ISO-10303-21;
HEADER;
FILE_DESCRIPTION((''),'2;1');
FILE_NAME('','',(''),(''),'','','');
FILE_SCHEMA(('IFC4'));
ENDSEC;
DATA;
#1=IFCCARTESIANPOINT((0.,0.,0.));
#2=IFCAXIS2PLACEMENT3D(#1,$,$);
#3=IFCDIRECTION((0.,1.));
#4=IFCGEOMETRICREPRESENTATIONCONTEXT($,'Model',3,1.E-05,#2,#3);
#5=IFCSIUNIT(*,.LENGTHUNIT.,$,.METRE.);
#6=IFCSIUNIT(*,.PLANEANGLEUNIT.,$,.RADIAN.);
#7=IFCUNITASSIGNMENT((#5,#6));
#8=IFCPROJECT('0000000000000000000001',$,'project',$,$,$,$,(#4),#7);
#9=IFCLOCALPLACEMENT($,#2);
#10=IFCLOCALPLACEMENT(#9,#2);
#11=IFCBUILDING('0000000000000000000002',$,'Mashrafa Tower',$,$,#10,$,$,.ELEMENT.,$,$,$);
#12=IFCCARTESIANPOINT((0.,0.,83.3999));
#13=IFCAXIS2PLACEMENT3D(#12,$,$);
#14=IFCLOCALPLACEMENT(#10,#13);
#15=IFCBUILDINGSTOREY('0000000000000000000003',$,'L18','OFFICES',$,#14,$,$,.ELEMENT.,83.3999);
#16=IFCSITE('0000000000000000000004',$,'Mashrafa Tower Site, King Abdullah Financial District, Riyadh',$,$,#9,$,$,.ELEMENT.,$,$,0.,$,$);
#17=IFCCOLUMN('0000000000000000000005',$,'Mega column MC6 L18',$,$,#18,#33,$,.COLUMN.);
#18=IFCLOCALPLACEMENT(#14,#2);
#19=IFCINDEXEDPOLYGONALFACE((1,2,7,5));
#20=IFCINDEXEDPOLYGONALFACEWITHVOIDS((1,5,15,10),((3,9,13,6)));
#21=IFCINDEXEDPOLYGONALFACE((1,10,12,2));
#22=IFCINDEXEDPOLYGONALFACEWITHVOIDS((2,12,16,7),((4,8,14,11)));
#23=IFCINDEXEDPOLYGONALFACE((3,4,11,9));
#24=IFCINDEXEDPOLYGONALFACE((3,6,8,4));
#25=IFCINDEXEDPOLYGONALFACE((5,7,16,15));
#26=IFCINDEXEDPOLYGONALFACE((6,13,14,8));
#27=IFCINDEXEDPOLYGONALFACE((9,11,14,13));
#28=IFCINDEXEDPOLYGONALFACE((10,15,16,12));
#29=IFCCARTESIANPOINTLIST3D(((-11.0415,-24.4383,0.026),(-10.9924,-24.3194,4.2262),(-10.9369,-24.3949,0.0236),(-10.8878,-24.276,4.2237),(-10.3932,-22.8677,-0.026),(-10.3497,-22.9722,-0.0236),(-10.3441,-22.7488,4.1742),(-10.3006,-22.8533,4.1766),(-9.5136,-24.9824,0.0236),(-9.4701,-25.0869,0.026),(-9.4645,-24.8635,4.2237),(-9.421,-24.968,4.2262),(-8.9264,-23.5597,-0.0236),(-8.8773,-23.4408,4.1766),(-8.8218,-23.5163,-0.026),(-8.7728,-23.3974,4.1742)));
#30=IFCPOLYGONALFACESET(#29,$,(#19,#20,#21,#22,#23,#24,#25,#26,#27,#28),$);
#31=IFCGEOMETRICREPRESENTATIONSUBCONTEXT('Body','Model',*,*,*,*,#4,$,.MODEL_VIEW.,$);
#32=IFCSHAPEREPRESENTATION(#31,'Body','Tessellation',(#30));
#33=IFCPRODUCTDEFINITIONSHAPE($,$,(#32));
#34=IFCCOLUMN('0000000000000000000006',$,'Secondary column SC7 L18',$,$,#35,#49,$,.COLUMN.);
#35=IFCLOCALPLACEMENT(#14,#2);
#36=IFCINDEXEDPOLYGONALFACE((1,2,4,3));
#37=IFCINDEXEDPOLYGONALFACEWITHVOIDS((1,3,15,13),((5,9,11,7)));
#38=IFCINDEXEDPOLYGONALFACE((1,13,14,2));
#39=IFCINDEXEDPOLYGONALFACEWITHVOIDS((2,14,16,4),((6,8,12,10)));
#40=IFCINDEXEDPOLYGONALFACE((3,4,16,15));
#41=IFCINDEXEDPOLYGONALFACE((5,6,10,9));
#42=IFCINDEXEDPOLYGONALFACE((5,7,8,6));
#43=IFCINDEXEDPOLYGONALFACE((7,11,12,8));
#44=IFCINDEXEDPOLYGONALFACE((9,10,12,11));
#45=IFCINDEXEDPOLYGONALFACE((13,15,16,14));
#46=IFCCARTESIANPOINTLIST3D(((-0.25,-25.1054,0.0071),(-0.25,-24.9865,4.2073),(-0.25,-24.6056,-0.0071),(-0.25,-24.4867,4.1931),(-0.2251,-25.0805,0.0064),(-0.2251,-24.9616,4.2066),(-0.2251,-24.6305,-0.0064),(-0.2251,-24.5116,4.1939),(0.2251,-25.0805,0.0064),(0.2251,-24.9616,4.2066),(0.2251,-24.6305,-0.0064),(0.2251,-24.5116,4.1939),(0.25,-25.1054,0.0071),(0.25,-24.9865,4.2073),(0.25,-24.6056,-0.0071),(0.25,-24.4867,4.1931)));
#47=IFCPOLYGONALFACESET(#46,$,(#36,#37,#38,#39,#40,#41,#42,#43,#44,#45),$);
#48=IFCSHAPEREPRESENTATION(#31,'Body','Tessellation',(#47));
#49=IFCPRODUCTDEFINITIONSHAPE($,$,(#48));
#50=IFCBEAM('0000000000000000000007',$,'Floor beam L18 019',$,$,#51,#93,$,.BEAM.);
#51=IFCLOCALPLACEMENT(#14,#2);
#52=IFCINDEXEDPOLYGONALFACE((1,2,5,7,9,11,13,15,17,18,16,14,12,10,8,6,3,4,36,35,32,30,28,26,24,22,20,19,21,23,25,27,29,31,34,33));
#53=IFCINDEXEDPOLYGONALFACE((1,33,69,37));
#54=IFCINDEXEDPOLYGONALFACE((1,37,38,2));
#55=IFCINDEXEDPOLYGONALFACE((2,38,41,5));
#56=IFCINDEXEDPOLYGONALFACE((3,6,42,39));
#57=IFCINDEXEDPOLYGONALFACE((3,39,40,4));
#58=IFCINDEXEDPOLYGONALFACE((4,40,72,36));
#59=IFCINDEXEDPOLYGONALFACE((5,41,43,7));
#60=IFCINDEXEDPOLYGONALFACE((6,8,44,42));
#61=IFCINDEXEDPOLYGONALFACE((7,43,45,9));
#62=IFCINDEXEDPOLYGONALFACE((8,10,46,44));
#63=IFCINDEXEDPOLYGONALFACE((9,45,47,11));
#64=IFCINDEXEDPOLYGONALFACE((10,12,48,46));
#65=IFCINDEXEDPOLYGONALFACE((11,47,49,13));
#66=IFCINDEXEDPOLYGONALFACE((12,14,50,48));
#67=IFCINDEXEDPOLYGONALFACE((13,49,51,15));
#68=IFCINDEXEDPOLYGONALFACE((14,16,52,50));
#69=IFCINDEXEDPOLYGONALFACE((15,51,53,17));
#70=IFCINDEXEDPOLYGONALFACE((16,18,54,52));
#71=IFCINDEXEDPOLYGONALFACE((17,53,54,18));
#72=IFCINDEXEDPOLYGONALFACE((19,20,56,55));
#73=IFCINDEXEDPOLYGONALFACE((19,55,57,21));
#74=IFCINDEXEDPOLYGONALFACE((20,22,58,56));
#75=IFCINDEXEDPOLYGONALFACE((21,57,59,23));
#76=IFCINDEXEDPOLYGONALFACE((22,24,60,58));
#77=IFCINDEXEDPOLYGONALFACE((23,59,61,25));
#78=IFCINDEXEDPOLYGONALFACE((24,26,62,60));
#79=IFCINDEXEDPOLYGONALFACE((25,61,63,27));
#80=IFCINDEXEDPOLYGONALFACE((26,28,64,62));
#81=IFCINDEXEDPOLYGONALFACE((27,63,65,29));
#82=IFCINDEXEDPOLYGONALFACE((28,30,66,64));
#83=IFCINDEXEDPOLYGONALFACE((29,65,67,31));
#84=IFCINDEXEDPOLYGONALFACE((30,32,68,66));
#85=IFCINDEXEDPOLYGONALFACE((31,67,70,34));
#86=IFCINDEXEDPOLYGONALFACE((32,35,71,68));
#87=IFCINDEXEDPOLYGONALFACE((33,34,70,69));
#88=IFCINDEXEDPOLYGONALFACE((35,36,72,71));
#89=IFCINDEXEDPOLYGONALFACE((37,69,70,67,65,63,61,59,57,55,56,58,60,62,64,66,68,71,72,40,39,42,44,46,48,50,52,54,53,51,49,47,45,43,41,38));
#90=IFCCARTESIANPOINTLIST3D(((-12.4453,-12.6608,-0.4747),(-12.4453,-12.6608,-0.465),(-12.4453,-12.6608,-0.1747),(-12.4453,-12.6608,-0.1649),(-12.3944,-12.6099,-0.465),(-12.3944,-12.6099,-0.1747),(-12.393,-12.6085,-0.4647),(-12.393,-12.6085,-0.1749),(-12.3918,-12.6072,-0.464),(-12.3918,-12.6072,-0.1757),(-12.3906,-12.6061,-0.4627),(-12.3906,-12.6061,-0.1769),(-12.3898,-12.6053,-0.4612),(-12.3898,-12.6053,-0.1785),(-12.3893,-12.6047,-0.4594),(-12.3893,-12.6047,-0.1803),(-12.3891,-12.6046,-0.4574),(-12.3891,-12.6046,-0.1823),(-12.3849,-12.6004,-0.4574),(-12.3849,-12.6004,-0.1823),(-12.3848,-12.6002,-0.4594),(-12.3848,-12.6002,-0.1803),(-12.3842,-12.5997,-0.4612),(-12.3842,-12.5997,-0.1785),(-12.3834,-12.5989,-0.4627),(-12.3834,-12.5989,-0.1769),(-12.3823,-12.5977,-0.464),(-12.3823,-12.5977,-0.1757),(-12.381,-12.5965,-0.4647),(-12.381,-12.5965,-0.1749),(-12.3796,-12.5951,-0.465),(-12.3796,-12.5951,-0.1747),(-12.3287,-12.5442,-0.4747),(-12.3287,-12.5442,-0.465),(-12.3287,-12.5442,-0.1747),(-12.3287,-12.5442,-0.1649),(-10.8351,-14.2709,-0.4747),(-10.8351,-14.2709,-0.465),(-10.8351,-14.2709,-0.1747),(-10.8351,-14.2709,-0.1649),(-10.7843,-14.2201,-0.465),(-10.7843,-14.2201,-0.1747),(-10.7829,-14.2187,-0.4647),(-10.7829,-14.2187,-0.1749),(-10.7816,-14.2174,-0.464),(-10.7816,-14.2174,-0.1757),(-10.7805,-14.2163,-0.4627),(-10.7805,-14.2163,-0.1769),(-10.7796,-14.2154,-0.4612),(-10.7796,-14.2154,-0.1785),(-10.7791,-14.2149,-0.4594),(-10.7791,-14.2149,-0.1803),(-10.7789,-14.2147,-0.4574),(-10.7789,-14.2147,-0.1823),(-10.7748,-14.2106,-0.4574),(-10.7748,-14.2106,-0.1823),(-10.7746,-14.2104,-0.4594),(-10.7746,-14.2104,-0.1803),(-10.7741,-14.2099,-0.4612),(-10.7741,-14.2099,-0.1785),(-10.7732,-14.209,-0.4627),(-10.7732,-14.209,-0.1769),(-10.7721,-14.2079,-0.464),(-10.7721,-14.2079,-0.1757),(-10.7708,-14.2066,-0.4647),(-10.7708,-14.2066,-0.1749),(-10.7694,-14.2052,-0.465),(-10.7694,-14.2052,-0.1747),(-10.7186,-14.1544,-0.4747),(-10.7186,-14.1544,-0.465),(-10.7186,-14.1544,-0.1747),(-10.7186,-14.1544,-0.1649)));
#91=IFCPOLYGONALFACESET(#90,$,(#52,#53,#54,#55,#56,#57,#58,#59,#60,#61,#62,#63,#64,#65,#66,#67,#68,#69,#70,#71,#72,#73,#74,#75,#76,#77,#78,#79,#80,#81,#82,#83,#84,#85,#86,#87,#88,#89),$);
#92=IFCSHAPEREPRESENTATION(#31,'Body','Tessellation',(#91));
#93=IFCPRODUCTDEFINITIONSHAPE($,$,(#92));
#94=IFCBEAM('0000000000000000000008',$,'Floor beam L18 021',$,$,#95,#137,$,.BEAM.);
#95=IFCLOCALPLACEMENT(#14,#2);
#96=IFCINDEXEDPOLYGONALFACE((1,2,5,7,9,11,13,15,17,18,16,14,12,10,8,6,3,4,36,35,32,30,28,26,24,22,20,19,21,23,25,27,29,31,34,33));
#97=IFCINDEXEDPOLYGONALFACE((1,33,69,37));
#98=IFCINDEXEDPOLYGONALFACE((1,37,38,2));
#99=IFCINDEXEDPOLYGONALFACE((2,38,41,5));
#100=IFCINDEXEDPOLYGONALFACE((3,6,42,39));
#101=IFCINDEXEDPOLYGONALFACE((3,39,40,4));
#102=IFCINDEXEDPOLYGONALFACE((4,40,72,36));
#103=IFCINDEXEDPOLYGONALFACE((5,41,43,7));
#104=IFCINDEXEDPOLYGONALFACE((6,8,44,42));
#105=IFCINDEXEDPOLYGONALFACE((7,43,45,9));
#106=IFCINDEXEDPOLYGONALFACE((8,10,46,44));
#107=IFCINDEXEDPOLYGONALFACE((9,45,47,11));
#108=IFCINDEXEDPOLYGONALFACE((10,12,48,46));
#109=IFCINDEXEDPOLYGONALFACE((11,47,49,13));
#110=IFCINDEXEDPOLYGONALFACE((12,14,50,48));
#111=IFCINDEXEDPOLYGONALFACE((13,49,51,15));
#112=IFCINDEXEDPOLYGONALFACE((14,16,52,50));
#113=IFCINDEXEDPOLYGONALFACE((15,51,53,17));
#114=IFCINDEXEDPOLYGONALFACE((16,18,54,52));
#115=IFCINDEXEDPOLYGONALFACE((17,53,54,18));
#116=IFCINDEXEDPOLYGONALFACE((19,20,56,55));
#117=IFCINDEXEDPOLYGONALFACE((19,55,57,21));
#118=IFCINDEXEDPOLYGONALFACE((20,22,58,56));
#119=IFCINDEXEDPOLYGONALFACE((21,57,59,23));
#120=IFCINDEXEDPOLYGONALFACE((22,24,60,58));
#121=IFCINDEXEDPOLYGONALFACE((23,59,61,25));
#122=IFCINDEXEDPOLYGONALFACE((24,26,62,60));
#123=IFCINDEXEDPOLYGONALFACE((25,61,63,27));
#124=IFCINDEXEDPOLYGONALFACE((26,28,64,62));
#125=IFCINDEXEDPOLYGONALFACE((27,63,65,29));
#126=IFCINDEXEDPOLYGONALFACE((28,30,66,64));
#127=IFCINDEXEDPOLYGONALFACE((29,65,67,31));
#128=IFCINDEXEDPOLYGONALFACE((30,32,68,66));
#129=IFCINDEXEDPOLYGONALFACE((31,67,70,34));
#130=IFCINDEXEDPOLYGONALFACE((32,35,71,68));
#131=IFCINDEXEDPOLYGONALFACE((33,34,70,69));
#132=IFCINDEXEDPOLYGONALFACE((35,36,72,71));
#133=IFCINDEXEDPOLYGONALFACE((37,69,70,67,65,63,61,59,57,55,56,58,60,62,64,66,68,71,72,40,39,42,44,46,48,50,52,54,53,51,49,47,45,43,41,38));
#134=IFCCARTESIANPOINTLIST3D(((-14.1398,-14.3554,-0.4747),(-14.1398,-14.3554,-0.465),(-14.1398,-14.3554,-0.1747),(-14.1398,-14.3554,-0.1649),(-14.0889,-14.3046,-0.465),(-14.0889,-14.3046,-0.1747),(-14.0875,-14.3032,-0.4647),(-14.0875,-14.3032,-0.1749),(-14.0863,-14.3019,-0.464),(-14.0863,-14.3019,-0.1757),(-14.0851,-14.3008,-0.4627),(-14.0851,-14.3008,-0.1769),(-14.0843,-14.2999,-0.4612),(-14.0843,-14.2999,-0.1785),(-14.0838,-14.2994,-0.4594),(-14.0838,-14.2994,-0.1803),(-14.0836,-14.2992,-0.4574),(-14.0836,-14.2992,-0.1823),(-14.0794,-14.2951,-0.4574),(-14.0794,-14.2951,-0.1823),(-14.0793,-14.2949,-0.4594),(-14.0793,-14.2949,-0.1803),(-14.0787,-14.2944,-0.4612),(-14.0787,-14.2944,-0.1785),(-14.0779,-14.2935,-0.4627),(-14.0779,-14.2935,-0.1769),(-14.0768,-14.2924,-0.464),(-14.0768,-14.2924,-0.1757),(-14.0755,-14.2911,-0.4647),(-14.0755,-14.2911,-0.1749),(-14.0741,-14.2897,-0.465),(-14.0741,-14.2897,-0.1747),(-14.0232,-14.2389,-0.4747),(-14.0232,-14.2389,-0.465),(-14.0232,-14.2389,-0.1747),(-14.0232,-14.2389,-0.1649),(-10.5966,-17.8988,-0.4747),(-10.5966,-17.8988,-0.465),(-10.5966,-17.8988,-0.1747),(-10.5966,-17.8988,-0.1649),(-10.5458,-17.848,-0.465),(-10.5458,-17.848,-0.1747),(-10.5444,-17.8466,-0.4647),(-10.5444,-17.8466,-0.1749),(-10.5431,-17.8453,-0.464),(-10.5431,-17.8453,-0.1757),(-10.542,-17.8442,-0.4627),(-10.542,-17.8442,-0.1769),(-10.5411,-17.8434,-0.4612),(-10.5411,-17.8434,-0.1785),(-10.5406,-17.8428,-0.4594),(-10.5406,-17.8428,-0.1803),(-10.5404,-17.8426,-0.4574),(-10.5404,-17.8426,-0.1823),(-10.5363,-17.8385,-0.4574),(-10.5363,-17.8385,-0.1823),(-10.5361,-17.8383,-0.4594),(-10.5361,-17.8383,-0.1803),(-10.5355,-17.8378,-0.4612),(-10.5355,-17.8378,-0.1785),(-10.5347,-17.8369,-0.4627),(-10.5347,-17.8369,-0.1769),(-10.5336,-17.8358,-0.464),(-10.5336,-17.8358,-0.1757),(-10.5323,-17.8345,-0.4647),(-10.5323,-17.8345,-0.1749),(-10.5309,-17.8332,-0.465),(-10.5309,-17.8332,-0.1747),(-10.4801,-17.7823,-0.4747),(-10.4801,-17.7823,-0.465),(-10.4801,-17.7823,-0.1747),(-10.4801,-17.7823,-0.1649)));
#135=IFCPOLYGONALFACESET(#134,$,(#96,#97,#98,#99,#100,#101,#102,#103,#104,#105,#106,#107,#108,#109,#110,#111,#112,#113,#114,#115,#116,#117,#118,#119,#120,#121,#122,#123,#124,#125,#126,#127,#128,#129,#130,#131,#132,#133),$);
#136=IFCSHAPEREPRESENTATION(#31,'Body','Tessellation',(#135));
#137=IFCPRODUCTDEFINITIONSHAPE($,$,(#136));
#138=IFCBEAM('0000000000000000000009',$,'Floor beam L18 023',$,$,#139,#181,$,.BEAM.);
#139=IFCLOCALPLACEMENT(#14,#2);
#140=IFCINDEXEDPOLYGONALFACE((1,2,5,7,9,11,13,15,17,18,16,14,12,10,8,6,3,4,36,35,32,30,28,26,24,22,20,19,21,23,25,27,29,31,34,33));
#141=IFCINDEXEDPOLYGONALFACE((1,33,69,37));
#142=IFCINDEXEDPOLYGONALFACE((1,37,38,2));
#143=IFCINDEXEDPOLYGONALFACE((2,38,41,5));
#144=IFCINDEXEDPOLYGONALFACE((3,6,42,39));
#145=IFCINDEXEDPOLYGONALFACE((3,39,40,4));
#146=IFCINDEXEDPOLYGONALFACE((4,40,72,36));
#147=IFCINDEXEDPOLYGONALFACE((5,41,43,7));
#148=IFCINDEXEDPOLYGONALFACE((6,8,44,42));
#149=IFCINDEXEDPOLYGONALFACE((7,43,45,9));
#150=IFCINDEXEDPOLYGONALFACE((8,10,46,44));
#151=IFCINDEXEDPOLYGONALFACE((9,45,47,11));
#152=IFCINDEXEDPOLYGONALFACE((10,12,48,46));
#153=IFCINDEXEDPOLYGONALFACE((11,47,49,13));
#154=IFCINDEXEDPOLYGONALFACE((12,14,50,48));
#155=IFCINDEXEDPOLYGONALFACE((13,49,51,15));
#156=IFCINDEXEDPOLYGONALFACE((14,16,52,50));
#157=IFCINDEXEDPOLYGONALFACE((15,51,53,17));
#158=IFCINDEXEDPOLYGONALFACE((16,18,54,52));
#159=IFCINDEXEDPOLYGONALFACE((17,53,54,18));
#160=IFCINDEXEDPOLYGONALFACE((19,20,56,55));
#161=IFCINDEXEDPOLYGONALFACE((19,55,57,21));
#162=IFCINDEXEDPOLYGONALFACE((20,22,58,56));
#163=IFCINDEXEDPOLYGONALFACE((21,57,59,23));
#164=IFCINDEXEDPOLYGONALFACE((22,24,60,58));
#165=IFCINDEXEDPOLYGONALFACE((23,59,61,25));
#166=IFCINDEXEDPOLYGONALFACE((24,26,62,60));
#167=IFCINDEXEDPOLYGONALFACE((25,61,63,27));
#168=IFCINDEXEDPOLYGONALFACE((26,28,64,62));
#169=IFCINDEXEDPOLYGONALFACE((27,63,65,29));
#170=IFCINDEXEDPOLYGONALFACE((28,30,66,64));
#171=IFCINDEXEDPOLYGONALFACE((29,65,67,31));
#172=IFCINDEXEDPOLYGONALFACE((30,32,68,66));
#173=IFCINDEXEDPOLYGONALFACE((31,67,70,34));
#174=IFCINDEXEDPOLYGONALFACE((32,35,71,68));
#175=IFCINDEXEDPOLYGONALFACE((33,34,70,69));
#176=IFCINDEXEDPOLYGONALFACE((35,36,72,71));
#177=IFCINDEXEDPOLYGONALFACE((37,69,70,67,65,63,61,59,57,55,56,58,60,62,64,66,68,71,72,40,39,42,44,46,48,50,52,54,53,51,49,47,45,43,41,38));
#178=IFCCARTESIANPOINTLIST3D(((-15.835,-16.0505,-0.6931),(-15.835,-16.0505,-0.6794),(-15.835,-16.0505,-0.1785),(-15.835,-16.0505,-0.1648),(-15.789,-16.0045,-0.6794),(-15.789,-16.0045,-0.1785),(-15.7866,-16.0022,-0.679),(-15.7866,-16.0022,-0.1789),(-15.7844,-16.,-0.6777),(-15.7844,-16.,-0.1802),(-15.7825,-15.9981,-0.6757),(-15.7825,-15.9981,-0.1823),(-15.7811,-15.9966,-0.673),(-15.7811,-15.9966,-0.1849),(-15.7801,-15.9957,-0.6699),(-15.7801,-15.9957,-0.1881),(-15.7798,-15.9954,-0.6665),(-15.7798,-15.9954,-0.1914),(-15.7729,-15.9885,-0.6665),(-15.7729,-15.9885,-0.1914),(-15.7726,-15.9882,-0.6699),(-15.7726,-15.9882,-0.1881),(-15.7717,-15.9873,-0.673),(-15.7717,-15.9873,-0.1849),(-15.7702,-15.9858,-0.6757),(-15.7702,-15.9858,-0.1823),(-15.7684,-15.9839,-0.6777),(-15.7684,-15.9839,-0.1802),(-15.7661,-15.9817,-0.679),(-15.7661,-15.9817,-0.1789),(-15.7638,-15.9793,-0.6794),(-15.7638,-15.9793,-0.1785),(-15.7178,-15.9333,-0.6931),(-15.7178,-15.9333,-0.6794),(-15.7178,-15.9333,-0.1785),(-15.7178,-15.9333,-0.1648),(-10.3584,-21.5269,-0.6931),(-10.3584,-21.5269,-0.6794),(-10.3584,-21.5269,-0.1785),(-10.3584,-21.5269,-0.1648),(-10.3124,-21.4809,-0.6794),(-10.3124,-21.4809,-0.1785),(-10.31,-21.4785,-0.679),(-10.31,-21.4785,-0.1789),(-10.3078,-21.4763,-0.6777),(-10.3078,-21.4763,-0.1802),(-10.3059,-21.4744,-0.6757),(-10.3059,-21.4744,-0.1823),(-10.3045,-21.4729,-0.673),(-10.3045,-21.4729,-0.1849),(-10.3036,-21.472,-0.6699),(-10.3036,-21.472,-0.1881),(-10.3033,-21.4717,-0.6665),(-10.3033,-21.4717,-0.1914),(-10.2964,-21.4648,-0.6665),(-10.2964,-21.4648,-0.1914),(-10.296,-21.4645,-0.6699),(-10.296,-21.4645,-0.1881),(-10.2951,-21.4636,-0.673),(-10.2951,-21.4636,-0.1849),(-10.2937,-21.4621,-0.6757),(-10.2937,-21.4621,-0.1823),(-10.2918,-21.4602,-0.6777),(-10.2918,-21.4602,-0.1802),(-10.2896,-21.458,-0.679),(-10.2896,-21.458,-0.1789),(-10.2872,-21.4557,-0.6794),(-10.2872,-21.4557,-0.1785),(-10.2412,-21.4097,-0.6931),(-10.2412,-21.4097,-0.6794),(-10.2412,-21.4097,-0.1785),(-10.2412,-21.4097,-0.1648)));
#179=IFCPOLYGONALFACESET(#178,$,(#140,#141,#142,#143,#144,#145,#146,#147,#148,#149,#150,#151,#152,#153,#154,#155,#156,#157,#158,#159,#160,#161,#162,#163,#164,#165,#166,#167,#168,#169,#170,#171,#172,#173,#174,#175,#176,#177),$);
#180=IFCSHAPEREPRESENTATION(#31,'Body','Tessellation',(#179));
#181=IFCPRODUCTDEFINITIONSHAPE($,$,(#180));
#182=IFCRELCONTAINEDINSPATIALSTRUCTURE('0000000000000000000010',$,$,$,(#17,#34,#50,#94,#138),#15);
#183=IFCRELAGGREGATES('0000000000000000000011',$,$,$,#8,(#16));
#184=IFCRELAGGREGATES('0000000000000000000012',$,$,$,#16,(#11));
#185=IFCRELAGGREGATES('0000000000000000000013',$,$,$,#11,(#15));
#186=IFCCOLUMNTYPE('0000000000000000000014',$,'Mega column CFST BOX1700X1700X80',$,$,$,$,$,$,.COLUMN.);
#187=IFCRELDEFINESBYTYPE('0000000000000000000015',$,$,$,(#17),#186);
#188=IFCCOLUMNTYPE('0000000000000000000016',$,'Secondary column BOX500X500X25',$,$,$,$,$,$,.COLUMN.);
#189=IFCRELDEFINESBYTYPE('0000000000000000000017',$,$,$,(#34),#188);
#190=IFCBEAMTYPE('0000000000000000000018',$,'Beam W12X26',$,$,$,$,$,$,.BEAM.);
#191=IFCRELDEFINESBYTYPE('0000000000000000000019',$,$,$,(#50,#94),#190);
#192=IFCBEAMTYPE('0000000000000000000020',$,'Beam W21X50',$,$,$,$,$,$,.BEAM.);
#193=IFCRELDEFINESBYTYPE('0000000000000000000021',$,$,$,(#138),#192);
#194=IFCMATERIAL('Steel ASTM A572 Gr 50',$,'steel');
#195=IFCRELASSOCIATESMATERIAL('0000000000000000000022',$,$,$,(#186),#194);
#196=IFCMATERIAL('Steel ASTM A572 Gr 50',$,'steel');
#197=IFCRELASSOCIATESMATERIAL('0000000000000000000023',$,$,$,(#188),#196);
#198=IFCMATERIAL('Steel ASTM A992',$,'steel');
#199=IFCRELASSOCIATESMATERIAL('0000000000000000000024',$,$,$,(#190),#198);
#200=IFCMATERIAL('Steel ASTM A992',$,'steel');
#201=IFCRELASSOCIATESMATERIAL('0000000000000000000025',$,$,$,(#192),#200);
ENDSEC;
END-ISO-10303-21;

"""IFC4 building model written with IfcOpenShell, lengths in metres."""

from ifc_helpers import new_model, si_unit, direction, frame, origin, origin_2d, place, context, subcontext, project, spatial, hollow_rectangle, i_section, extrude, material, material_profile, profile_set, type_object, element, save


model = new_model("IFC4")

# Units and contexts
model_context = context("Model", 3, precision=1e-05, world=origin(), true_north=direction((0.0, 1.0)))
body_context = subcontext(model_context, "Body", "Model", "MODEL_VIEW")
ifc_project = project(units=[si_unit("LENGTHUNIT", "METRE"), si_unit("PLANEANGLEUNIT", "RADIAN")], contexts=[model_context])

# Site, building, storey
site_placement = place(None, origin())
site = spatial("IfcSite", under=ifc_project, at=site_placement, Name="Mashrafa Tower Site, King Abdullah Financial District, Riyadh", CompositionType="ELEMENT", RefElevation=0.0)
building_placement = place(site_placement, origin())
building = spatial("IfcBuilding", under=site, at=building_placement, Name="Mashrafa Tower", CompositionType="ELEMENT")
storey_placement = place(building_placement, frame((0.0, 0.0, 83.3999)))
storey = spatial("IfcBuildingStorey", under=building, at=storey_placement, Name="L18", Description="OFFICES", CompositionType="ELEMENT", Elevation=83.3999)

# Columns
ifc_material_1 = material(Name="Steel ASTM A572 Gr 50", Category="steel")
ifc_material_profile_1 = material_profile(ifc_material_1, hollow_rectangle(XDim=1.7, YDim=1.7, WallThickness=0.0801, at=origin_2d()), Name="BOX1700X1700X80")
ifc_profile_set_1 = profile_set([ifc_material_profile_1], Name="Steel ASTM A572 Gr 50")
column_type_1 = type_object("IfcColumnType", Name="Mega column CFST BOX1700X1700X80", PredefinedType="COLUMN", material=ifc_profile_set_1)
column_1_placement = place(storey_placement, frame((-9.9316, -23.9773, 0.0), z_axis=(0.011678, 0.028294, 0.999531), x_axis=(-0.924363, 0.381513, 0.0)))
element("IfcColumn", 1, at=column_1_placement, inside=storey, type_object=column_type_1, Name="Mega column MC6 L18", PredefinedType="COLUMN", context=body_context, shape_type="SweptSolid", body=[
    extrude(hollow_rectangle(XDim=1.7, YDim=1.7, WallThickness=0.0801, at=origin_2d()), origin(), (0.0, 0.0, 1.0), 4.2021),
])
ifc_material_2 = material(Name="Steel ASTM A572 Gr 50", Category="steel")
ifc_material_profile_2 = material_profile(ifc_material_2, hollow_rectangle(XDim=0.5, YDim=0.5, WallThickness=0.0249, at=origin_2d()), Name="BOX500X500X25")
ifc_profile_set_2 = profile_set([ifc_material_profile_2], Name="Steel ASTM A572 Gr 50")
column_type_2 = type_object("IfcColumnType", Name="Secondary column BOX500X500X25", PredefinedType="COLUMN", material=ifc_profile_set_2)
column_2_placement = place(storey_placement, frame((0.0, -24.8555, 0.0), z_axis=(0.0, 0.028296, 0.9996), x_axis=(-1.0, 0.0, 0.0)))
element("IfcColumn", 2, at=column_2_placement, inside=storey, type_object=column_type_2, Name="Secondary column SC7 L18", PredefinedType="COLUMN", context=body_context, shape_type="SweptSolid", body=[
    extrude(hollow_rectangle(XDim=0.5, YDim=0.5, WallThickness=0.0249, at=origin_2d()), origin(), (0.0, 0.0, 1.0), 4.2019),
])

# Beams
ifc_material_3 = material(Name="Steel ASTM A992", Category="steel")
ifc_material_profile_3 = material_profile(ifc_material_3, i_section(OverallWidth=0.1648, OverallDepth=0.3098, WebThickness=0.0059, FlangeThickness=0.0098, FilletRadius=0.0076, at=origin_2d()), Name="W12X26")
ifc_profile_set_3 = profile_set([ifc_material_profile_3], Name="Steel ASTM A992")
beam_type_1 = type_object("IfcBeamType", Name="Beam W12X26", PredefinedType="BEAM", material=ifc_profile_set_3)
beam_1_placement = place(storey_placement, frame((-10.7769, -14.2126, -0.3198), z_axis=(-0.707107, 0.707107, 0.0), x_axis=(-0.707107, -0.707107, 0.0)))
element("IfcBeam", 3, at=beam_1_placement, inside=storey, type_object=beam_type_1, Name="Floor beam L18 019", PredefinedType="BEAM", context=body_context, shape_type="SweptSolid", body=[
    extrude(i_section(OverallWidth=0.1648, OverallDepth=0.3098, WebThickness=0.0059, FlangeThickness=0.0098, FilletRadius=0.0076, at=origin_2d()), origin(), (0.0, 0.0, 1.0), 2.2771),
])
beam_2_placement = place(storey_placement, frame((-10.5383, -17.8406, -0.3198), z_axis=(-0.707082, 0.707131, 0.0), x_axis=(-0.707131, -0.707082, 0.0)))
element("IfcBeam", 4, at=beam_2_placement, inside=storey, type_object=beam_type_1, Name="Floor beam L18 021", PredefinedType="BEAM", context=body_context, shape_type="SweptSolid", body=[
    extrude(i_section(OverallWidth=0.1648, OverallDepth=0.3098, WebThickness=0.0059, FlangeThickness=0.0098, FilletRadius=0.0076, at=origin_2d()), origin(), (0.0, 0.0, 1.0), 5.011),
])
ifc_material_4 = material(Name="Steel ASTM A992", Category="steel")
ifc_material_profile_4 = material_profile(ifc_material_4, i_section(OverallWidth=0.1658, OverallDepth=0.5283, WebThickness=0.0098, FlangeThickness=0.0137, FilletRadius=0.0129, at=origin_2d()), Name="W21X50")
ifc_profile_set_4 = profile_set([ifc_material_profile_4], Name="Steel ASTM A992")
beam_type_2 = type_object("IfcBeamType", Name="Beam W21X50", PredefinedType="BEAM", material=ifc_profile_set_4)
beam_3_placement = place(storey_placement, frame((-10.2998, -21.4683, -0.429), z_axis=(-0.707123, 0.707091, 0.0), x_axis=(-0.707091, -0.707123, 0.0)))
element("IfcBeam", 5, at=beam_3_placement, inside=storey, type_object=beam_type_2, Name="Floor beam L18 023", PredefinedType="BEAM", context=body_context, shape_type="SweptSolid", body=[
    extrude(i_section(OverallWidth=0.1658, OverallDepth=0.5283, WebThickness=0.0098, FlangeThickness=0.0137, FilletRadius=0.0129, at=origin_2d()), origin(), (0.0, 0.0, 1.0), 7.7449),
])

save(model, "model.ifc")
